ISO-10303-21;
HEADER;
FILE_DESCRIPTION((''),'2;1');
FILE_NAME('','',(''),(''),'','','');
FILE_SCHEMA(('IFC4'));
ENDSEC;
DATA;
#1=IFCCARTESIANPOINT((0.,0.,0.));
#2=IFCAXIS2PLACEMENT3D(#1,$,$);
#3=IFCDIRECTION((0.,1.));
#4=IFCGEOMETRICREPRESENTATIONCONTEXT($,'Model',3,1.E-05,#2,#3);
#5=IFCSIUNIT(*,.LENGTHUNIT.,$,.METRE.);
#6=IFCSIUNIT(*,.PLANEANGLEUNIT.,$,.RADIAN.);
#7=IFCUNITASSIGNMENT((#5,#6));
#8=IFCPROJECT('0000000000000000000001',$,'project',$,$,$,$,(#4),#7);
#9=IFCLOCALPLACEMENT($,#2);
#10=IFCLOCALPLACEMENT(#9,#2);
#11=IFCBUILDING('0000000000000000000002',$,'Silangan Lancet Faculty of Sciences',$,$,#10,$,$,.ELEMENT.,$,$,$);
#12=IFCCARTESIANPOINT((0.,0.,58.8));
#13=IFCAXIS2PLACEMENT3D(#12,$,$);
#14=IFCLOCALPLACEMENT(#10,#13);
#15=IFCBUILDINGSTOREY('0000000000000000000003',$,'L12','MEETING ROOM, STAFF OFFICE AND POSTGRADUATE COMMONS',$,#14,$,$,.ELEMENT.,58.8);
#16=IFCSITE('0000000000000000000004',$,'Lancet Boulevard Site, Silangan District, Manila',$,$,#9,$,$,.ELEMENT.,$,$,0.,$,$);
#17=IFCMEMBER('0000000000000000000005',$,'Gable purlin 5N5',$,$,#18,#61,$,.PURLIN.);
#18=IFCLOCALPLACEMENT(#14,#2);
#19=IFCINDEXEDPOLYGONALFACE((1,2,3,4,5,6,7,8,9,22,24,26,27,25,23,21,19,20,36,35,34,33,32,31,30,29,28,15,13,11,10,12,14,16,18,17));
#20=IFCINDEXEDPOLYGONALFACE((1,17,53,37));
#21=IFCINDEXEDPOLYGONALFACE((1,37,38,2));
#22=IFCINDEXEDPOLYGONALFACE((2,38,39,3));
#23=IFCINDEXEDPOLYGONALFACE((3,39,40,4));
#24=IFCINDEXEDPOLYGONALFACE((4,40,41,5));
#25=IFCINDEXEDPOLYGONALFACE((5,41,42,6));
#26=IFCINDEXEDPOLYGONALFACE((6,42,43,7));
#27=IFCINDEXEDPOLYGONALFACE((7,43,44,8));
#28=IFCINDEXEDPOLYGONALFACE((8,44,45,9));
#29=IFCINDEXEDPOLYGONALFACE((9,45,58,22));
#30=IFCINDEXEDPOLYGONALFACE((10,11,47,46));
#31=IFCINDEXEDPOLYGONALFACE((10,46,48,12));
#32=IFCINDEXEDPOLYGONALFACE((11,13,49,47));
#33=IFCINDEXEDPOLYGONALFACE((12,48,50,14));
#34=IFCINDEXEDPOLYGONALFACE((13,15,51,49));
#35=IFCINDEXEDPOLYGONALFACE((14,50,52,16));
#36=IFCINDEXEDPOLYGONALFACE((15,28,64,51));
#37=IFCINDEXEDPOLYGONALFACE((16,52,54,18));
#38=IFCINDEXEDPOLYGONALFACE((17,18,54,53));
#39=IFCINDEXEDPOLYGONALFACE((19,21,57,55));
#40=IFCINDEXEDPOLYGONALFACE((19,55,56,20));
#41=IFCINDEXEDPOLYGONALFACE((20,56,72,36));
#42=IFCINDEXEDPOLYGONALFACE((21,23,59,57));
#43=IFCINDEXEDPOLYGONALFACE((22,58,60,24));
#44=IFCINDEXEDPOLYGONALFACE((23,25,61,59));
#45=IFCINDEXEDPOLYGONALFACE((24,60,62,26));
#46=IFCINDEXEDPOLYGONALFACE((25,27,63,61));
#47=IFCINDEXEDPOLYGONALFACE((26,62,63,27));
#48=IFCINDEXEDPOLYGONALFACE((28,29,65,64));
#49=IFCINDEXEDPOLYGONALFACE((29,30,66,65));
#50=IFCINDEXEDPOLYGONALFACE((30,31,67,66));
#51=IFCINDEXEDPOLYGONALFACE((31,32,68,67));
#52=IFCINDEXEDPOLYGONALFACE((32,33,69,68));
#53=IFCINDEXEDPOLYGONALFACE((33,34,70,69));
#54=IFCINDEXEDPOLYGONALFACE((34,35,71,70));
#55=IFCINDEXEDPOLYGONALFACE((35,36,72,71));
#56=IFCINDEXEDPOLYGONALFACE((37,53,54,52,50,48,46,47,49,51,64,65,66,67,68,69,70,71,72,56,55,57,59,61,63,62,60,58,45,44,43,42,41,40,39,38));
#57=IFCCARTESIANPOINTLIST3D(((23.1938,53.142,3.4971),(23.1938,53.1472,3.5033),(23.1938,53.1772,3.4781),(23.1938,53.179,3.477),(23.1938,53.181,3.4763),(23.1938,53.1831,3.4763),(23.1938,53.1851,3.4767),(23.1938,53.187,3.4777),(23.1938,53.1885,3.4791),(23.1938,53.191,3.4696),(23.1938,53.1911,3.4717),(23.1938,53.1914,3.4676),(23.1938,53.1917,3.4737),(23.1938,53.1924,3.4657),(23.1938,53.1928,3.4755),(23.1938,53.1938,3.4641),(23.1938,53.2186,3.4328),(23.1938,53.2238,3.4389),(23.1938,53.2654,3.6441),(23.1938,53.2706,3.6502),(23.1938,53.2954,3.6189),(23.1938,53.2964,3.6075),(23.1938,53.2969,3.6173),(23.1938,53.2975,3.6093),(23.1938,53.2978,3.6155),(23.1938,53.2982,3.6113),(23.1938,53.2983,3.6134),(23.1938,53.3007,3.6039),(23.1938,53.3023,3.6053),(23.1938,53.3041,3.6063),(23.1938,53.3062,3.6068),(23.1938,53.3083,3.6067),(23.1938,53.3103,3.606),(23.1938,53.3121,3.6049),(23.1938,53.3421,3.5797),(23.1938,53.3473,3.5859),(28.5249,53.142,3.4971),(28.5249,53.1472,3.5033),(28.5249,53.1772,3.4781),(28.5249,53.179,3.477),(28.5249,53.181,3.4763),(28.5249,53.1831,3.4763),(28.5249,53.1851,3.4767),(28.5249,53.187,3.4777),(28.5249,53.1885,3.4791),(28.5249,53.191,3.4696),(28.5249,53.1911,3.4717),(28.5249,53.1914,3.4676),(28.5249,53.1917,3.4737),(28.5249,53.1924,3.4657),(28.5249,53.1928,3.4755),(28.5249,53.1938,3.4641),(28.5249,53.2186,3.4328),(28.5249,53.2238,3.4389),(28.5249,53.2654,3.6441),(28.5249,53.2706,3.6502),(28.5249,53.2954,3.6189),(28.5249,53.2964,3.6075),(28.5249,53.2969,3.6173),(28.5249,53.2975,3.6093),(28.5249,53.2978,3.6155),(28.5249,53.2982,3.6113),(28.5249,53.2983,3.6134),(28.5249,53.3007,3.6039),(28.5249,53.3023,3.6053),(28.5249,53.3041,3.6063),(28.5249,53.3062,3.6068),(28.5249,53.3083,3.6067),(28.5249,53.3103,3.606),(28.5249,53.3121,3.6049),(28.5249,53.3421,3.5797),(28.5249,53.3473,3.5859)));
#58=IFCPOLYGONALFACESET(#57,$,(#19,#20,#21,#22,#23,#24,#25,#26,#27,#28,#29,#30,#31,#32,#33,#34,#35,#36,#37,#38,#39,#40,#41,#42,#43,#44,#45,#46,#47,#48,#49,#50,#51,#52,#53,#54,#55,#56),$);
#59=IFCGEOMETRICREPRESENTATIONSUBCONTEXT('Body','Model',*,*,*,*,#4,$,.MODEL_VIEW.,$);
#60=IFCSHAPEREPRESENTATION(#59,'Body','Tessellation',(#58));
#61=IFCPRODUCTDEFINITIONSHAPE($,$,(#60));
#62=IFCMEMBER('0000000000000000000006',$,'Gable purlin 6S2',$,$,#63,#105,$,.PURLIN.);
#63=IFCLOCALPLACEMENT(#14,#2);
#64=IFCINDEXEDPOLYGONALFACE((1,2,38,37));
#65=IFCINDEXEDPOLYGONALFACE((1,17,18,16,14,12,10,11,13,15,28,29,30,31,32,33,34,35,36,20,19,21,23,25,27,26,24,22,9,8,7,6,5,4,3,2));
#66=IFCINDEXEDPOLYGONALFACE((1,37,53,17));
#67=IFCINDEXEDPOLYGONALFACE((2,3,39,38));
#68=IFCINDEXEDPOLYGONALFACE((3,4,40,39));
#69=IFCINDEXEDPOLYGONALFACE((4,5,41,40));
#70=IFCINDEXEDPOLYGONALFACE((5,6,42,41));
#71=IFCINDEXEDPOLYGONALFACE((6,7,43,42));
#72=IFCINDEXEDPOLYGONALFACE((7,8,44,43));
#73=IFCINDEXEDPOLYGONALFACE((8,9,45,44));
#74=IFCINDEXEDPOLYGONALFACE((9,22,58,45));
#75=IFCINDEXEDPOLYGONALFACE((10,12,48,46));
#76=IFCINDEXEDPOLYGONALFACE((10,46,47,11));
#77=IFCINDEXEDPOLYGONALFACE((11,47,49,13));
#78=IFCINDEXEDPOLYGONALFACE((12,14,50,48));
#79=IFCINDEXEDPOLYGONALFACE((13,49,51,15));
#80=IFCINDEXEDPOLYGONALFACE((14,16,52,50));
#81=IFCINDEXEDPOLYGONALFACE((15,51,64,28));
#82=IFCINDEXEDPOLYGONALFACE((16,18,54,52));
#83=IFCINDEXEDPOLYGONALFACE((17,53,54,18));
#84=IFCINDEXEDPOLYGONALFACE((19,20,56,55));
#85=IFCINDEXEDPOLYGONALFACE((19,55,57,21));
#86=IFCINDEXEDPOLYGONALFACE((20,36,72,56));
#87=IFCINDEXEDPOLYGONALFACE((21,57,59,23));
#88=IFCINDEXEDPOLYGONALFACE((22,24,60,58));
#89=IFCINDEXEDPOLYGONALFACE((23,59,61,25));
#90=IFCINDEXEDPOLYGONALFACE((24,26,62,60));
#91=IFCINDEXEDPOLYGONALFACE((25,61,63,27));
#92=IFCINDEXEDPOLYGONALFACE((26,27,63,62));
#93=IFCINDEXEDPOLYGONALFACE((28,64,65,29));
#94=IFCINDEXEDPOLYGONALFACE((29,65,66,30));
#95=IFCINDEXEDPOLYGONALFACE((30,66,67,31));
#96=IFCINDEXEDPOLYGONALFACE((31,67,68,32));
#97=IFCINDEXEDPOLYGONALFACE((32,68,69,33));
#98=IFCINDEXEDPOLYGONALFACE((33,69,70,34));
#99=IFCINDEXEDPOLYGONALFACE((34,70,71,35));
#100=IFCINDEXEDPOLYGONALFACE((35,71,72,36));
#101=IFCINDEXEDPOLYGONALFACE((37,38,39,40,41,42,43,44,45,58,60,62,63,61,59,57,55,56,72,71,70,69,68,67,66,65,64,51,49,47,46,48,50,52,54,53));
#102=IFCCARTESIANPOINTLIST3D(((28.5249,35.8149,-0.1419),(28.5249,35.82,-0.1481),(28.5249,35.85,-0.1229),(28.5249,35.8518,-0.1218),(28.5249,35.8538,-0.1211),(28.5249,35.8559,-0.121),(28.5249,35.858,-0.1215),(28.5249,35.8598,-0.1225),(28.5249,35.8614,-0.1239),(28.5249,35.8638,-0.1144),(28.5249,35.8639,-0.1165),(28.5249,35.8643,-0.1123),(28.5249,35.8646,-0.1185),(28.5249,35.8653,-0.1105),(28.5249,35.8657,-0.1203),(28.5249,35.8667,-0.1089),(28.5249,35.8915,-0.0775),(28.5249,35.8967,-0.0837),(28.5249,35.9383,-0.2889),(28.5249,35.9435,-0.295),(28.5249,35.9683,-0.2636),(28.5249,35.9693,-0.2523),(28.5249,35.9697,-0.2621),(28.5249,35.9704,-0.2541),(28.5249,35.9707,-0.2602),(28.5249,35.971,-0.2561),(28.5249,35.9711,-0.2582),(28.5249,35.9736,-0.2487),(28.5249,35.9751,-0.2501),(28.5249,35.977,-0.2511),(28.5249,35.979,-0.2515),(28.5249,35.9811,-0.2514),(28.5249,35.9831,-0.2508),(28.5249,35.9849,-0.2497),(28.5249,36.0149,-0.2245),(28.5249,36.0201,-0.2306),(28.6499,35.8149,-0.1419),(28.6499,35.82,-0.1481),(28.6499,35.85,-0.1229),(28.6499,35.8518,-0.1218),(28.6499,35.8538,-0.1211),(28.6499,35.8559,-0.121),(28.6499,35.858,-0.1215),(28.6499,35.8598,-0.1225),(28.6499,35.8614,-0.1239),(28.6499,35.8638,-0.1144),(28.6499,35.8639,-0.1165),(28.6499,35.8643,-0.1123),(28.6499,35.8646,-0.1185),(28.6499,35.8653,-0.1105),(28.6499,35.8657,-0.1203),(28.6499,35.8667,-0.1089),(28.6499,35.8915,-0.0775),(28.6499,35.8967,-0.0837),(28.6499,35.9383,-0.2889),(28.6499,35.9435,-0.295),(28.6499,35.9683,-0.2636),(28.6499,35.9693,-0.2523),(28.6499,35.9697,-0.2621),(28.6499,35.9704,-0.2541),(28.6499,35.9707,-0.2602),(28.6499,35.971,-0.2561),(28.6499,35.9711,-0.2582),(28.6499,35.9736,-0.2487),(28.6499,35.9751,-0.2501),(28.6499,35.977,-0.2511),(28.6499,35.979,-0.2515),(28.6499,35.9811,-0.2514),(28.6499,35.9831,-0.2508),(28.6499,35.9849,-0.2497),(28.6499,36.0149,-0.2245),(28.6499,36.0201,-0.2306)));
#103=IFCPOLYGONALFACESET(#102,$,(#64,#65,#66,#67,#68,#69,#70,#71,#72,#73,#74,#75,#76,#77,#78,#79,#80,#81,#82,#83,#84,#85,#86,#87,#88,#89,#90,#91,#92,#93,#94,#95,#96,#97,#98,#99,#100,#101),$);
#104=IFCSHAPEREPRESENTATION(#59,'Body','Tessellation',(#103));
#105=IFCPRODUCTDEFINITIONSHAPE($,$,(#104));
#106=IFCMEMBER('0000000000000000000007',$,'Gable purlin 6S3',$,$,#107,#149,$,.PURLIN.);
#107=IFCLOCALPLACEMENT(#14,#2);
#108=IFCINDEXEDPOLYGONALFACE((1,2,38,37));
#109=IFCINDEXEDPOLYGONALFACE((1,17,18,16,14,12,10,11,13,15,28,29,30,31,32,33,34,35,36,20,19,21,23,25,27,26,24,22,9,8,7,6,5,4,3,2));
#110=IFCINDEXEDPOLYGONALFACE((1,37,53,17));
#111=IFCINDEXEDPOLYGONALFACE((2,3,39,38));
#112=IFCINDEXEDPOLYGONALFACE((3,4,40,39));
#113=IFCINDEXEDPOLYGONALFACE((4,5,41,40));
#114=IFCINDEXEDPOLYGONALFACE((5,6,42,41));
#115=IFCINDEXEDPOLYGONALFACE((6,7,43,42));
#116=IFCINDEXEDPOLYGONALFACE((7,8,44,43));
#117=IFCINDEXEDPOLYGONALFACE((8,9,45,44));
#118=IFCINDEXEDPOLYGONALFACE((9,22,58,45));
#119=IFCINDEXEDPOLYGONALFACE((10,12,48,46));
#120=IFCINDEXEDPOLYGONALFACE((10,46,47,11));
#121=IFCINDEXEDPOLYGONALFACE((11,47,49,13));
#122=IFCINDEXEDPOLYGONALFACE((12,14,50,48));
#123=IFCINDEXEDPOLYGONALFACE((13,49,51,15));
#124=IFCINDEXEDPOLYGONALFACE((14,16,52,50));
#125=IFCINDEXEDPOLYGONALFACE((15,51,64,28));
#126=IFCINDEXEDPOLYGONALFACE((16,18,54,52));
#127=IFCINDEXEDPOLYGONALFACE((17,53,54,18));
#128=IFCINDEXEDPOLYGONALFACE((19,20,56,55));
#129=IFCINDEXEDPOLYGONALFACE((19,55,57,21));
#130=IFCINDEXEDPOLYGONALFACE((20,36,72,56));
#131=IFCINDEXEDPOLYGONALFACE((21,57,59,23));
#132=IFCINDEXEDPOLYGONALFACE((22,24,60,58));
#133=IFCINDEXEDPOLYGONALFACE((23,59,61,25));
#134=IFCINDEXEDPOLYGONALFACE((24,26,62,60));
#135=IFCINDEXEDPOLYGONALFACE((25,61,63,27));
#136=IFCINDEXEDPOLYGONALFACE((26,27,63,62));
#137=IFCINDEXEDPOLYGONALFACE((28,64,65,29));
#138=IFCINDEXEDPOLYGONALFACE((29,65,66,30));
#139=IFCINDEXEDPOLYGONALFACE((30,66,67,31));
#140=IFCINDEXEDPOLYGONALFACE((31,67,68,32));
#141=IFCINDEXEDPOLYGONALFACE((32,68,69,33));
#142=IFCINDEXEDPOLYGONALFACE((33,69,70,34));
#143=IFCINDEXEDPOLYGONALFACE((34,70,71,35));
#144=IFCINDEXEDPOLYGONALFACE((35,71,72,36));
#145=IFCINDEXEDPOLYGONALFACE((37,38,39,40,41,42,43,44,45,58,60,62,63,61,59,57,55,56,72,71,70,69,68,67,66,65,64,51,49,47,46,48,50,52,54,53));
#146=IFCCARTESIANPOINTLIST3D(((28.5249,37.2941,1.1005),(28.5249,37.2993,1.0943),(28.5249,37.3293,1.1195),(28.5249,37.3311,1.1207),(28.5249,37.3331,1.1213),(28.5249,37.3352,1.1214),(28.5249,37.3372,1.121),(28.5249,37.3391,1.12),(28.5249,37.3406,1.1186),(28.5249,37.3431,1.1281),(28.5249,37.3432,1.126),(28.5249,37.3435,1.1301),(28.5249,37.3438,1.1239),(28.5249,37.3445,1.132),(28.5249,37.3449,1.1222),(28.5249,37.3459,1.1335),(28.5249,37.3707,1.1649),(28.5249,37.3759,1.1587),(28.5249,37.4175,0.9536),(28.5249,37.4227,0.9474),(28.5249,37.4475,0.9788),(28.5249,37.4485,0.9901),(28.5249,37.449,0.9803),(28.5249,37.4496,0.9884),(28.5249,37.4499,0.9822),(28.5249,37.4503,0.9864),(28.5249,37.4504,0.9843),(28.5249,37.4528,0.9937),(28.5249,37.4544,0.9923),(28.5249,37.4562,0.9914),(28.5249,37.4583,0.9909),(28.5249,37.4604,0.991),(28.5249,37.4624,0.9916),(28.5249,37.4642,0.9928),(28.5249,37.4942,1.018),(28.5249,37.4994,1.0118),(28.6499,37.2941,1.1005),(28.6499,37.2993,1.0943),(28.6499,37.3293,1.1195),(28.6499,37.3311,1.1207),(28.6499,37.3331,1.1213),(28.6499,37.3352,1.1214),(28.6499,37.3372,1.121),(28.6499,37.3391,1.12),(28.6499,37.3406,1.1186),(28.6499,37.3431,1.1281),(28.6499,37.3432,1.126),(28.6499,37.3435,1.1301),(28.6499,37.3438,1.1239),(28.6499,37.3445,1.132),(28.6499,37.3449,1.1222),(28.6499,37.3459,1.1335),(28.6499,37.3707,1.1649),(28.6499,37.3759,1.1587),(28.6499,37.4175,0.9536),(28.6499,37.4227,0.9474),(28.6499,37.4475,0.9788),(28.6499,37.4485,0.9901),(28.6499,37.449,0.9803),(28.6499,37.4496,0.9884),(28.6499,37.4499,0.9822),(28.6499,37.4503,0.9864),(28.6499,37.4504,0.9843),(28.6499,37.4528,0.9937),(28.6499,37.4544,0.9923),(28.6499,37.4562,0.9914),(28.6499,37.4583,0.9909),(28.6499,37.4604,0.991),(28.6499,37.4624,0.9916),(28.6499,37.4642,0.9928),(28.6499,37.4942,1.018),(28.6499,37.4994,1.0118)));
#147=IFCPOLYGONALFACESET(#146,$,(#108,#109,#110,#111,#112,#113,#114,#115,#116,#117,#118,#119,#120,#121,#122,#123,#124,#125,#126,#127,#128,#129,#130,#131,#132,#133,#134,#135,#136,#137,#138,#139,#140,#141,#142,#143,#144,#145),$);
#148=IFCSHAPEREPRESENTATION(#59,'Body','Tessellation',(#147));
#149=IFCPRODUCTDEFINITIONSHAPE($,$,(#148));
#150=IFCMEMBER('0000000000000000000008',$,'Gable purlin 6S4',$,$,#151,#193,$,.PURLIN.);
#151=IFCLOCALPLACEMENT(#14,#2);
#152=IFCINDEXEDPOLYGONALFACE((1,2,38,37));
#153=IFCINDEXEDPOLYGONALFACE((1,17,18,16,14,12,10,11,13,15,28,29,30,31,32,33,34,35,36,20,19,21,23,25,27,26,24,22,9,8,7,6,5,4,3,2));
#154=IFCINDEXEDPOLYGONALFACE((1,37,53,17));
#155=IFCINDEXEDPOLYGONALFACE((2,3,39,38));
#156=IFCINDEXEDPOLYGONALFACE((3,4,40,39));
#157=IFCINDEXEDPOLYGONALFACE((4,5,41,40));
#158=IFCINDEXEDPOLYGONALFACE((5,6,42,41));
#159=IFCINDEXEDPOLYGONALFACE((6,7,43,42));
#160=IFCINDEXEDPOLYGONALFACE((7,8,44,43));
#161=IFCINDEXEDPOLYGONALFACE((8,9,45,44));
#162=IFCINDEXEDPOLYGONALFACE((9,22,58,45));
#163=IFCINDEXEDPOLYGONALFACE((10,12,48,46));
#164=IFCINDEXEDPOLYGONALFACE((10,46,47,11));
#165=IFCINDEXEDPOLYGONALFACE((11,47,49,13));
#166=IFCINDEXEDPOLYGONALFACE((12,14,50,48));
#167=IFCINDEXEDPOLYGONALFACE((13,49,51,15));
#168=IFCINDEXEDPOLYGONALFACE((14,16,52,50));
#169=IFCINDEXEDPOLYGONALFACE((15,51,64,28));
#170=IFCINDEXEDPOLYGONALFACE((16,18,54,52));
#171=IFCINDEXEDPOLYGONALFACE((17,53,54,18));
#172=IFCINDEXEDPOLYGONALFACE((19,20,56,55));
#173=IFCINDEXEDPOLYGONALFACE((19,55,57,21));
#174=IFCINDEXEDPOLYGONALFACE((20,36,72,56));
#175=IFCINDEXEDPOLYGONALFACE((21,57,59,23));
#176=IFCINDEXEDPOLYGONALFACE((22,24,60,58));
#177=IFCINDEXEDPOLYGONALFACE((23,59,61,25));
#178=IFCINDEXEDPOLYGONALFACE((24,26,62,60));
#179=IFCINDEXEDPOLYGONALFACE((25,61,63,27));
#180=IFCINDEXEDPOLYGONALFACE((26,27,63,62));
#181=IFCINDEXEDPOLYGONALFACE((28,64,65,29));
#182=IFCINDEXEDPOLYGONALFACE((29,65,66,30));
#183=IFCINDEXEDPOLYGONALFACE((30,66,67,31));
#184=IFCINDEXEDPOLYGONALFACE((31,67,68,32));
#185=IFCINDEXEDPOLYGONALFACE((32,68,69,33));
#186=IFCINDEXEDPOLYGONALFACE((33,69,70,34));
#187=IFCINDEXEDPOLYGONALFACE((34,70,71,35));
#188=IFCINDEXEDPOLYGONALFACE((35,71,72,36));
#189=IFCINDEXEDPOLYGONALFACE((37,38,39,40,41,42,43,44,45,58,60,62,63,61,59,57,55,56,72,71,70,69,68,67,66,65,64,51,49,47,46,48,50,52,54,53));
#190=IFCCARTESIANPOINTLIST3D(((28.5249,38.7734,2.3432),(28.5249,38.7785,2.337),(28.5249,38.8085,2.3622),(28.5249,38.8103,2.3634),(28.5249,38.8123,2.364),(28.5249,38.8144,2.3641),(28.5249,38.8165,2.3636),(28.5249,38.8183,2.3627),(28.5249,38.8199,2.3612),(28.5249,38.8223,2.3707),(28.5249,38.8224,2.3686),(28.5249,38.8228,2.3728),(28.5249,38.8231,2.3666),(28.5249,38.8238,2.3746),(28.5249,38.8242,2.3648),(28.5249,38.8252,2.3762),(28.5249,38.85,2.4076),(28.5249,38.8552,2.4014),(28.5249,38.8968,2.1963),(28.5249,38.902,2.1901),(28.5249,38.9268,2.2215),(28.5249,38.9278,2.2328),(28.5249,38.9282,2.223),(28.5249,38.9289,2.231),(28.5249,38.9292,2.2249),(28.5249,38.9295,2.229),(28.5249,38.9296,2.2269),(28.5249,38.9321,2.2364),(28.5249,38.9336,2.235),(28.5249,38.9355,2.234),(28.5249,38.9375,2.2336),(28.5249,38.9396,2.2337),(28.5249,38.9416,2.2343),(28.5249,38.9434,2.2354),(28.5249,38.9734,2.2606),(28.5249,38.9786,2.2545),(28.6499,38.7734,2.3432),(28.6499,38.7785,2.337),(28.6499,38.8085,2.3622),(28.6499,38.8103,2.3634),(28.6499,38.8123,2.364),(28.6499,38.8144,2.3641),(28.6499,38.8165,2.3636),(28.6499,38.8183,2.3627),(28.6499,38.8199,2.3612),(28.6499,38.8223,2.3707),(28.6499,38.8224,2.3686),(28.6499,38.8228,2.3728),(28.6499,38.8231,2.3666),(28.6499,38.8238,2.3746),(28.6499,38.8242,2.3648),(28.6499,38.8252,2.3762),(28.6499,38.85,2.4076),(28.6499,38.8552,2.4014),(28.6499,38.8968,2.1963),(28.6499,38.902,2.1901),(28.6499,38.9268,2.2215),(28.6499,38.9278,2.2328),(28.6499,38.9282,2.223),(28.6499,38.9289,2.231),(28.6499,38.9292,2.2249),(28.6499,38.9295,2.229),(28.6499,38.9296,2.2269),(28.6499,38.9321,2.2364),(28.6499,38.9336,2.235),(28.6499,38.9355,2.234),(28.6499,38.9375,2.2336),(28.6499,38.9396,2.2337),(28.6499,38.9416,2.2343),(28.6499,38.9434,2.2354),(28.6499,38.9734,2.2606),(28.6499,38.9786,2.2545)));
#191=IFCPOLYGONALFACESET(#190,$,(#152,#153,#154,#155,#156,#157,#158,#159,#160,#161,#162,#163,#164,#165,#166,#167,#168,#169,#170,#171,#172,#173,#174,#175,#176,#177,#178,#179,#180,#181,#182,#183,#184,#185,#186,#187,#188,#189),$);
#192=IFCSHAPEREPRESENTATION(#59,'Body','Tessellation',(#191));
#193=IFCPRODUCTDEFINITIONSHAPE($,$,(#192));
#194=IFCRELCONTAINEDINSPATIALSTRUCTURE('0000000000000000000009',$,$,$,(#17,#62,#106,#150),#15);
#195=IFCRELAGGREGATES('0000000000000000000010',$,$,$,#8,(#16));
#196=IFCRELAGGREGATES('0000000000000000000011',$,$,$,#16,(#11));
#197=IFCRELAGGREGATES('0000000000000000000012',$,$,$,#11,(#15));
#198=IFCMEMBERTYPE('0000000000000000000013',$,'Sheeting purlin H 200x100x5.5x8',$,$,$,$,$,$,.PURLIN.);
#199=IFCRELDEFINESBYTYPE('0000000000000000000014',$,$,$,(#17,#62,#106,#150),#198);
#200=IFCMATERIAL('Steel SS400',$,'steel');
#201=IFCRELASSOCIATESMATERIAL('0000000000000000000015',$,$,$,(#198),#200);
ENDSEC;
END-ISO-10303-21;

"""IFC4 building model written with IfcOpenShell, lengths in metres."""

from ifc_helpers import new_model, si_unit, direction, frame, origin, origin_2d, place, context, subcontext, project, spatial, i_section, extrude, material, material_profile, profile_set, type_object, element, save


model = new_model("IFC4")

# Units and contexts
model_context = context("Model", 3, precision=1e-05, world=origin(), true_north=direction((0.0, 1.0)))
body_context = subcontext(model_context, "Body", "Model", "MODEL_VIEW")
ifc_project = project(units=[si_unit("LENGTHUNIT", "METRE"), si_unit("PLANEANGLEUNIT", "RADIAN")], contexts=[model_context])

# Site, building, storey
site_placement = place(None, origin())
site = spatial("IfcSite", under=ifc_project, at=site_placement, Name="Lancet Boulevard Site, Silangan District, Manila", CompositionType="ELEMENT", RefElevation=0.0)
building_placement = place(site_placement, origin())
building = spatial("IfcBuilding", under=site, at=building_placement, Name="Silangan Lancet Faculty of Sciences", CompositionType="ELEMENT")
storey_placement = place(building_placement, frame((0.0, 0.0, 58.8)))
storey = spatial("IfcBuildingStorey", under=building, at=storey_placement, Name="L12", Description="MEETING ROOM, STAFF OFFICE AND POSTGRADUATE COMMONS", CompositionType="ELEMENT", Elevation=58.8)

# Members
ifc_material_1 = material(Name="Steel SS400", Category="steel")
ifc_material_profile_1 = material_profile(ifc_material_1, i_section(OverallWidth=0.1001, OverallDepth=0.2, WebThickness=0.0056, FlangeThickness=0.0081, FilletRadius=0.0081, at=origin_2d()), Name="H 200x100x5.5x8")
ifc_profile_set_1 = profile_set([ifc_material_profile_1], Name="Steel SS400")
member_type_1 = type_object("IfcMemberType", Name="Sheeting purlin H 200x100x5.5x8", PredefinedType="PURLIN", material=ifc_profile_set_1)
for number, where, z_axis, x_axis, name in (
    (1, (23.1938, 53.2446, 3.5415), (1.0, 0.0, 0.0), (0.0, 0.765705, -0.643192), "Gable purlin 5N5"),
):
    element("IfcMember", number, at=place(storey_placement, frame(where, z_axis=z_axis, x_axis=x_axis)), inside=storey, type_object=member_type_1, Name=name, PredefinedType="PURLIN", context=body_context, shape_type="SweptSolid", body=[
        extrude(i_section(OverallWidth=0.1001, OverallDepth=0.2, WebThickness=0.0056, FlangeThickness=0.0081, FilletRadius=0.0081, at=origin_2d()), origin(), (0.0, 0.0, 1.0), 5.3311),
    ])
for number, where, z_axis, x_axis, name in (
    (2, (28.5249, 35.9175, -0.1863), (1.0, 0.0, 0.0), (0.0, 0.765705, 0.643192), "Gable purlin 6S2"),
    (3, (28.5249, 37.3967, 1.0562), (1.0, 0.0, 0.0), (0.0, 0.765705, 0.643192), "Gable purlin 6S3"),
    (4, (28.5249, 38.876, 2.2988), (1.0, 0.0, 0.0), (0.0, 0.765705, 0.643192), "Gable purlin 6S4"),
):
    element("IfcMember", number, at=place(storey_placement, frame(where, z_axis=z_axis, x_axis=x_axis)), inside=storey, type_object=member_type_1, Name=name, PredefinedType="PURLIN", context=body_context, shape_type="SweptSolid", body=[
        extrude(i_section(OverallWidth=0.1001, OverallDepth=0.2, WebThickness=0.0056, FlangeThickness=0.0081, FilletRadius=0.0081, at=origin_2d()), origin(), (0.0, 0.0, 1.0), 0.125),
    ])

save(model, "model.ifc")
